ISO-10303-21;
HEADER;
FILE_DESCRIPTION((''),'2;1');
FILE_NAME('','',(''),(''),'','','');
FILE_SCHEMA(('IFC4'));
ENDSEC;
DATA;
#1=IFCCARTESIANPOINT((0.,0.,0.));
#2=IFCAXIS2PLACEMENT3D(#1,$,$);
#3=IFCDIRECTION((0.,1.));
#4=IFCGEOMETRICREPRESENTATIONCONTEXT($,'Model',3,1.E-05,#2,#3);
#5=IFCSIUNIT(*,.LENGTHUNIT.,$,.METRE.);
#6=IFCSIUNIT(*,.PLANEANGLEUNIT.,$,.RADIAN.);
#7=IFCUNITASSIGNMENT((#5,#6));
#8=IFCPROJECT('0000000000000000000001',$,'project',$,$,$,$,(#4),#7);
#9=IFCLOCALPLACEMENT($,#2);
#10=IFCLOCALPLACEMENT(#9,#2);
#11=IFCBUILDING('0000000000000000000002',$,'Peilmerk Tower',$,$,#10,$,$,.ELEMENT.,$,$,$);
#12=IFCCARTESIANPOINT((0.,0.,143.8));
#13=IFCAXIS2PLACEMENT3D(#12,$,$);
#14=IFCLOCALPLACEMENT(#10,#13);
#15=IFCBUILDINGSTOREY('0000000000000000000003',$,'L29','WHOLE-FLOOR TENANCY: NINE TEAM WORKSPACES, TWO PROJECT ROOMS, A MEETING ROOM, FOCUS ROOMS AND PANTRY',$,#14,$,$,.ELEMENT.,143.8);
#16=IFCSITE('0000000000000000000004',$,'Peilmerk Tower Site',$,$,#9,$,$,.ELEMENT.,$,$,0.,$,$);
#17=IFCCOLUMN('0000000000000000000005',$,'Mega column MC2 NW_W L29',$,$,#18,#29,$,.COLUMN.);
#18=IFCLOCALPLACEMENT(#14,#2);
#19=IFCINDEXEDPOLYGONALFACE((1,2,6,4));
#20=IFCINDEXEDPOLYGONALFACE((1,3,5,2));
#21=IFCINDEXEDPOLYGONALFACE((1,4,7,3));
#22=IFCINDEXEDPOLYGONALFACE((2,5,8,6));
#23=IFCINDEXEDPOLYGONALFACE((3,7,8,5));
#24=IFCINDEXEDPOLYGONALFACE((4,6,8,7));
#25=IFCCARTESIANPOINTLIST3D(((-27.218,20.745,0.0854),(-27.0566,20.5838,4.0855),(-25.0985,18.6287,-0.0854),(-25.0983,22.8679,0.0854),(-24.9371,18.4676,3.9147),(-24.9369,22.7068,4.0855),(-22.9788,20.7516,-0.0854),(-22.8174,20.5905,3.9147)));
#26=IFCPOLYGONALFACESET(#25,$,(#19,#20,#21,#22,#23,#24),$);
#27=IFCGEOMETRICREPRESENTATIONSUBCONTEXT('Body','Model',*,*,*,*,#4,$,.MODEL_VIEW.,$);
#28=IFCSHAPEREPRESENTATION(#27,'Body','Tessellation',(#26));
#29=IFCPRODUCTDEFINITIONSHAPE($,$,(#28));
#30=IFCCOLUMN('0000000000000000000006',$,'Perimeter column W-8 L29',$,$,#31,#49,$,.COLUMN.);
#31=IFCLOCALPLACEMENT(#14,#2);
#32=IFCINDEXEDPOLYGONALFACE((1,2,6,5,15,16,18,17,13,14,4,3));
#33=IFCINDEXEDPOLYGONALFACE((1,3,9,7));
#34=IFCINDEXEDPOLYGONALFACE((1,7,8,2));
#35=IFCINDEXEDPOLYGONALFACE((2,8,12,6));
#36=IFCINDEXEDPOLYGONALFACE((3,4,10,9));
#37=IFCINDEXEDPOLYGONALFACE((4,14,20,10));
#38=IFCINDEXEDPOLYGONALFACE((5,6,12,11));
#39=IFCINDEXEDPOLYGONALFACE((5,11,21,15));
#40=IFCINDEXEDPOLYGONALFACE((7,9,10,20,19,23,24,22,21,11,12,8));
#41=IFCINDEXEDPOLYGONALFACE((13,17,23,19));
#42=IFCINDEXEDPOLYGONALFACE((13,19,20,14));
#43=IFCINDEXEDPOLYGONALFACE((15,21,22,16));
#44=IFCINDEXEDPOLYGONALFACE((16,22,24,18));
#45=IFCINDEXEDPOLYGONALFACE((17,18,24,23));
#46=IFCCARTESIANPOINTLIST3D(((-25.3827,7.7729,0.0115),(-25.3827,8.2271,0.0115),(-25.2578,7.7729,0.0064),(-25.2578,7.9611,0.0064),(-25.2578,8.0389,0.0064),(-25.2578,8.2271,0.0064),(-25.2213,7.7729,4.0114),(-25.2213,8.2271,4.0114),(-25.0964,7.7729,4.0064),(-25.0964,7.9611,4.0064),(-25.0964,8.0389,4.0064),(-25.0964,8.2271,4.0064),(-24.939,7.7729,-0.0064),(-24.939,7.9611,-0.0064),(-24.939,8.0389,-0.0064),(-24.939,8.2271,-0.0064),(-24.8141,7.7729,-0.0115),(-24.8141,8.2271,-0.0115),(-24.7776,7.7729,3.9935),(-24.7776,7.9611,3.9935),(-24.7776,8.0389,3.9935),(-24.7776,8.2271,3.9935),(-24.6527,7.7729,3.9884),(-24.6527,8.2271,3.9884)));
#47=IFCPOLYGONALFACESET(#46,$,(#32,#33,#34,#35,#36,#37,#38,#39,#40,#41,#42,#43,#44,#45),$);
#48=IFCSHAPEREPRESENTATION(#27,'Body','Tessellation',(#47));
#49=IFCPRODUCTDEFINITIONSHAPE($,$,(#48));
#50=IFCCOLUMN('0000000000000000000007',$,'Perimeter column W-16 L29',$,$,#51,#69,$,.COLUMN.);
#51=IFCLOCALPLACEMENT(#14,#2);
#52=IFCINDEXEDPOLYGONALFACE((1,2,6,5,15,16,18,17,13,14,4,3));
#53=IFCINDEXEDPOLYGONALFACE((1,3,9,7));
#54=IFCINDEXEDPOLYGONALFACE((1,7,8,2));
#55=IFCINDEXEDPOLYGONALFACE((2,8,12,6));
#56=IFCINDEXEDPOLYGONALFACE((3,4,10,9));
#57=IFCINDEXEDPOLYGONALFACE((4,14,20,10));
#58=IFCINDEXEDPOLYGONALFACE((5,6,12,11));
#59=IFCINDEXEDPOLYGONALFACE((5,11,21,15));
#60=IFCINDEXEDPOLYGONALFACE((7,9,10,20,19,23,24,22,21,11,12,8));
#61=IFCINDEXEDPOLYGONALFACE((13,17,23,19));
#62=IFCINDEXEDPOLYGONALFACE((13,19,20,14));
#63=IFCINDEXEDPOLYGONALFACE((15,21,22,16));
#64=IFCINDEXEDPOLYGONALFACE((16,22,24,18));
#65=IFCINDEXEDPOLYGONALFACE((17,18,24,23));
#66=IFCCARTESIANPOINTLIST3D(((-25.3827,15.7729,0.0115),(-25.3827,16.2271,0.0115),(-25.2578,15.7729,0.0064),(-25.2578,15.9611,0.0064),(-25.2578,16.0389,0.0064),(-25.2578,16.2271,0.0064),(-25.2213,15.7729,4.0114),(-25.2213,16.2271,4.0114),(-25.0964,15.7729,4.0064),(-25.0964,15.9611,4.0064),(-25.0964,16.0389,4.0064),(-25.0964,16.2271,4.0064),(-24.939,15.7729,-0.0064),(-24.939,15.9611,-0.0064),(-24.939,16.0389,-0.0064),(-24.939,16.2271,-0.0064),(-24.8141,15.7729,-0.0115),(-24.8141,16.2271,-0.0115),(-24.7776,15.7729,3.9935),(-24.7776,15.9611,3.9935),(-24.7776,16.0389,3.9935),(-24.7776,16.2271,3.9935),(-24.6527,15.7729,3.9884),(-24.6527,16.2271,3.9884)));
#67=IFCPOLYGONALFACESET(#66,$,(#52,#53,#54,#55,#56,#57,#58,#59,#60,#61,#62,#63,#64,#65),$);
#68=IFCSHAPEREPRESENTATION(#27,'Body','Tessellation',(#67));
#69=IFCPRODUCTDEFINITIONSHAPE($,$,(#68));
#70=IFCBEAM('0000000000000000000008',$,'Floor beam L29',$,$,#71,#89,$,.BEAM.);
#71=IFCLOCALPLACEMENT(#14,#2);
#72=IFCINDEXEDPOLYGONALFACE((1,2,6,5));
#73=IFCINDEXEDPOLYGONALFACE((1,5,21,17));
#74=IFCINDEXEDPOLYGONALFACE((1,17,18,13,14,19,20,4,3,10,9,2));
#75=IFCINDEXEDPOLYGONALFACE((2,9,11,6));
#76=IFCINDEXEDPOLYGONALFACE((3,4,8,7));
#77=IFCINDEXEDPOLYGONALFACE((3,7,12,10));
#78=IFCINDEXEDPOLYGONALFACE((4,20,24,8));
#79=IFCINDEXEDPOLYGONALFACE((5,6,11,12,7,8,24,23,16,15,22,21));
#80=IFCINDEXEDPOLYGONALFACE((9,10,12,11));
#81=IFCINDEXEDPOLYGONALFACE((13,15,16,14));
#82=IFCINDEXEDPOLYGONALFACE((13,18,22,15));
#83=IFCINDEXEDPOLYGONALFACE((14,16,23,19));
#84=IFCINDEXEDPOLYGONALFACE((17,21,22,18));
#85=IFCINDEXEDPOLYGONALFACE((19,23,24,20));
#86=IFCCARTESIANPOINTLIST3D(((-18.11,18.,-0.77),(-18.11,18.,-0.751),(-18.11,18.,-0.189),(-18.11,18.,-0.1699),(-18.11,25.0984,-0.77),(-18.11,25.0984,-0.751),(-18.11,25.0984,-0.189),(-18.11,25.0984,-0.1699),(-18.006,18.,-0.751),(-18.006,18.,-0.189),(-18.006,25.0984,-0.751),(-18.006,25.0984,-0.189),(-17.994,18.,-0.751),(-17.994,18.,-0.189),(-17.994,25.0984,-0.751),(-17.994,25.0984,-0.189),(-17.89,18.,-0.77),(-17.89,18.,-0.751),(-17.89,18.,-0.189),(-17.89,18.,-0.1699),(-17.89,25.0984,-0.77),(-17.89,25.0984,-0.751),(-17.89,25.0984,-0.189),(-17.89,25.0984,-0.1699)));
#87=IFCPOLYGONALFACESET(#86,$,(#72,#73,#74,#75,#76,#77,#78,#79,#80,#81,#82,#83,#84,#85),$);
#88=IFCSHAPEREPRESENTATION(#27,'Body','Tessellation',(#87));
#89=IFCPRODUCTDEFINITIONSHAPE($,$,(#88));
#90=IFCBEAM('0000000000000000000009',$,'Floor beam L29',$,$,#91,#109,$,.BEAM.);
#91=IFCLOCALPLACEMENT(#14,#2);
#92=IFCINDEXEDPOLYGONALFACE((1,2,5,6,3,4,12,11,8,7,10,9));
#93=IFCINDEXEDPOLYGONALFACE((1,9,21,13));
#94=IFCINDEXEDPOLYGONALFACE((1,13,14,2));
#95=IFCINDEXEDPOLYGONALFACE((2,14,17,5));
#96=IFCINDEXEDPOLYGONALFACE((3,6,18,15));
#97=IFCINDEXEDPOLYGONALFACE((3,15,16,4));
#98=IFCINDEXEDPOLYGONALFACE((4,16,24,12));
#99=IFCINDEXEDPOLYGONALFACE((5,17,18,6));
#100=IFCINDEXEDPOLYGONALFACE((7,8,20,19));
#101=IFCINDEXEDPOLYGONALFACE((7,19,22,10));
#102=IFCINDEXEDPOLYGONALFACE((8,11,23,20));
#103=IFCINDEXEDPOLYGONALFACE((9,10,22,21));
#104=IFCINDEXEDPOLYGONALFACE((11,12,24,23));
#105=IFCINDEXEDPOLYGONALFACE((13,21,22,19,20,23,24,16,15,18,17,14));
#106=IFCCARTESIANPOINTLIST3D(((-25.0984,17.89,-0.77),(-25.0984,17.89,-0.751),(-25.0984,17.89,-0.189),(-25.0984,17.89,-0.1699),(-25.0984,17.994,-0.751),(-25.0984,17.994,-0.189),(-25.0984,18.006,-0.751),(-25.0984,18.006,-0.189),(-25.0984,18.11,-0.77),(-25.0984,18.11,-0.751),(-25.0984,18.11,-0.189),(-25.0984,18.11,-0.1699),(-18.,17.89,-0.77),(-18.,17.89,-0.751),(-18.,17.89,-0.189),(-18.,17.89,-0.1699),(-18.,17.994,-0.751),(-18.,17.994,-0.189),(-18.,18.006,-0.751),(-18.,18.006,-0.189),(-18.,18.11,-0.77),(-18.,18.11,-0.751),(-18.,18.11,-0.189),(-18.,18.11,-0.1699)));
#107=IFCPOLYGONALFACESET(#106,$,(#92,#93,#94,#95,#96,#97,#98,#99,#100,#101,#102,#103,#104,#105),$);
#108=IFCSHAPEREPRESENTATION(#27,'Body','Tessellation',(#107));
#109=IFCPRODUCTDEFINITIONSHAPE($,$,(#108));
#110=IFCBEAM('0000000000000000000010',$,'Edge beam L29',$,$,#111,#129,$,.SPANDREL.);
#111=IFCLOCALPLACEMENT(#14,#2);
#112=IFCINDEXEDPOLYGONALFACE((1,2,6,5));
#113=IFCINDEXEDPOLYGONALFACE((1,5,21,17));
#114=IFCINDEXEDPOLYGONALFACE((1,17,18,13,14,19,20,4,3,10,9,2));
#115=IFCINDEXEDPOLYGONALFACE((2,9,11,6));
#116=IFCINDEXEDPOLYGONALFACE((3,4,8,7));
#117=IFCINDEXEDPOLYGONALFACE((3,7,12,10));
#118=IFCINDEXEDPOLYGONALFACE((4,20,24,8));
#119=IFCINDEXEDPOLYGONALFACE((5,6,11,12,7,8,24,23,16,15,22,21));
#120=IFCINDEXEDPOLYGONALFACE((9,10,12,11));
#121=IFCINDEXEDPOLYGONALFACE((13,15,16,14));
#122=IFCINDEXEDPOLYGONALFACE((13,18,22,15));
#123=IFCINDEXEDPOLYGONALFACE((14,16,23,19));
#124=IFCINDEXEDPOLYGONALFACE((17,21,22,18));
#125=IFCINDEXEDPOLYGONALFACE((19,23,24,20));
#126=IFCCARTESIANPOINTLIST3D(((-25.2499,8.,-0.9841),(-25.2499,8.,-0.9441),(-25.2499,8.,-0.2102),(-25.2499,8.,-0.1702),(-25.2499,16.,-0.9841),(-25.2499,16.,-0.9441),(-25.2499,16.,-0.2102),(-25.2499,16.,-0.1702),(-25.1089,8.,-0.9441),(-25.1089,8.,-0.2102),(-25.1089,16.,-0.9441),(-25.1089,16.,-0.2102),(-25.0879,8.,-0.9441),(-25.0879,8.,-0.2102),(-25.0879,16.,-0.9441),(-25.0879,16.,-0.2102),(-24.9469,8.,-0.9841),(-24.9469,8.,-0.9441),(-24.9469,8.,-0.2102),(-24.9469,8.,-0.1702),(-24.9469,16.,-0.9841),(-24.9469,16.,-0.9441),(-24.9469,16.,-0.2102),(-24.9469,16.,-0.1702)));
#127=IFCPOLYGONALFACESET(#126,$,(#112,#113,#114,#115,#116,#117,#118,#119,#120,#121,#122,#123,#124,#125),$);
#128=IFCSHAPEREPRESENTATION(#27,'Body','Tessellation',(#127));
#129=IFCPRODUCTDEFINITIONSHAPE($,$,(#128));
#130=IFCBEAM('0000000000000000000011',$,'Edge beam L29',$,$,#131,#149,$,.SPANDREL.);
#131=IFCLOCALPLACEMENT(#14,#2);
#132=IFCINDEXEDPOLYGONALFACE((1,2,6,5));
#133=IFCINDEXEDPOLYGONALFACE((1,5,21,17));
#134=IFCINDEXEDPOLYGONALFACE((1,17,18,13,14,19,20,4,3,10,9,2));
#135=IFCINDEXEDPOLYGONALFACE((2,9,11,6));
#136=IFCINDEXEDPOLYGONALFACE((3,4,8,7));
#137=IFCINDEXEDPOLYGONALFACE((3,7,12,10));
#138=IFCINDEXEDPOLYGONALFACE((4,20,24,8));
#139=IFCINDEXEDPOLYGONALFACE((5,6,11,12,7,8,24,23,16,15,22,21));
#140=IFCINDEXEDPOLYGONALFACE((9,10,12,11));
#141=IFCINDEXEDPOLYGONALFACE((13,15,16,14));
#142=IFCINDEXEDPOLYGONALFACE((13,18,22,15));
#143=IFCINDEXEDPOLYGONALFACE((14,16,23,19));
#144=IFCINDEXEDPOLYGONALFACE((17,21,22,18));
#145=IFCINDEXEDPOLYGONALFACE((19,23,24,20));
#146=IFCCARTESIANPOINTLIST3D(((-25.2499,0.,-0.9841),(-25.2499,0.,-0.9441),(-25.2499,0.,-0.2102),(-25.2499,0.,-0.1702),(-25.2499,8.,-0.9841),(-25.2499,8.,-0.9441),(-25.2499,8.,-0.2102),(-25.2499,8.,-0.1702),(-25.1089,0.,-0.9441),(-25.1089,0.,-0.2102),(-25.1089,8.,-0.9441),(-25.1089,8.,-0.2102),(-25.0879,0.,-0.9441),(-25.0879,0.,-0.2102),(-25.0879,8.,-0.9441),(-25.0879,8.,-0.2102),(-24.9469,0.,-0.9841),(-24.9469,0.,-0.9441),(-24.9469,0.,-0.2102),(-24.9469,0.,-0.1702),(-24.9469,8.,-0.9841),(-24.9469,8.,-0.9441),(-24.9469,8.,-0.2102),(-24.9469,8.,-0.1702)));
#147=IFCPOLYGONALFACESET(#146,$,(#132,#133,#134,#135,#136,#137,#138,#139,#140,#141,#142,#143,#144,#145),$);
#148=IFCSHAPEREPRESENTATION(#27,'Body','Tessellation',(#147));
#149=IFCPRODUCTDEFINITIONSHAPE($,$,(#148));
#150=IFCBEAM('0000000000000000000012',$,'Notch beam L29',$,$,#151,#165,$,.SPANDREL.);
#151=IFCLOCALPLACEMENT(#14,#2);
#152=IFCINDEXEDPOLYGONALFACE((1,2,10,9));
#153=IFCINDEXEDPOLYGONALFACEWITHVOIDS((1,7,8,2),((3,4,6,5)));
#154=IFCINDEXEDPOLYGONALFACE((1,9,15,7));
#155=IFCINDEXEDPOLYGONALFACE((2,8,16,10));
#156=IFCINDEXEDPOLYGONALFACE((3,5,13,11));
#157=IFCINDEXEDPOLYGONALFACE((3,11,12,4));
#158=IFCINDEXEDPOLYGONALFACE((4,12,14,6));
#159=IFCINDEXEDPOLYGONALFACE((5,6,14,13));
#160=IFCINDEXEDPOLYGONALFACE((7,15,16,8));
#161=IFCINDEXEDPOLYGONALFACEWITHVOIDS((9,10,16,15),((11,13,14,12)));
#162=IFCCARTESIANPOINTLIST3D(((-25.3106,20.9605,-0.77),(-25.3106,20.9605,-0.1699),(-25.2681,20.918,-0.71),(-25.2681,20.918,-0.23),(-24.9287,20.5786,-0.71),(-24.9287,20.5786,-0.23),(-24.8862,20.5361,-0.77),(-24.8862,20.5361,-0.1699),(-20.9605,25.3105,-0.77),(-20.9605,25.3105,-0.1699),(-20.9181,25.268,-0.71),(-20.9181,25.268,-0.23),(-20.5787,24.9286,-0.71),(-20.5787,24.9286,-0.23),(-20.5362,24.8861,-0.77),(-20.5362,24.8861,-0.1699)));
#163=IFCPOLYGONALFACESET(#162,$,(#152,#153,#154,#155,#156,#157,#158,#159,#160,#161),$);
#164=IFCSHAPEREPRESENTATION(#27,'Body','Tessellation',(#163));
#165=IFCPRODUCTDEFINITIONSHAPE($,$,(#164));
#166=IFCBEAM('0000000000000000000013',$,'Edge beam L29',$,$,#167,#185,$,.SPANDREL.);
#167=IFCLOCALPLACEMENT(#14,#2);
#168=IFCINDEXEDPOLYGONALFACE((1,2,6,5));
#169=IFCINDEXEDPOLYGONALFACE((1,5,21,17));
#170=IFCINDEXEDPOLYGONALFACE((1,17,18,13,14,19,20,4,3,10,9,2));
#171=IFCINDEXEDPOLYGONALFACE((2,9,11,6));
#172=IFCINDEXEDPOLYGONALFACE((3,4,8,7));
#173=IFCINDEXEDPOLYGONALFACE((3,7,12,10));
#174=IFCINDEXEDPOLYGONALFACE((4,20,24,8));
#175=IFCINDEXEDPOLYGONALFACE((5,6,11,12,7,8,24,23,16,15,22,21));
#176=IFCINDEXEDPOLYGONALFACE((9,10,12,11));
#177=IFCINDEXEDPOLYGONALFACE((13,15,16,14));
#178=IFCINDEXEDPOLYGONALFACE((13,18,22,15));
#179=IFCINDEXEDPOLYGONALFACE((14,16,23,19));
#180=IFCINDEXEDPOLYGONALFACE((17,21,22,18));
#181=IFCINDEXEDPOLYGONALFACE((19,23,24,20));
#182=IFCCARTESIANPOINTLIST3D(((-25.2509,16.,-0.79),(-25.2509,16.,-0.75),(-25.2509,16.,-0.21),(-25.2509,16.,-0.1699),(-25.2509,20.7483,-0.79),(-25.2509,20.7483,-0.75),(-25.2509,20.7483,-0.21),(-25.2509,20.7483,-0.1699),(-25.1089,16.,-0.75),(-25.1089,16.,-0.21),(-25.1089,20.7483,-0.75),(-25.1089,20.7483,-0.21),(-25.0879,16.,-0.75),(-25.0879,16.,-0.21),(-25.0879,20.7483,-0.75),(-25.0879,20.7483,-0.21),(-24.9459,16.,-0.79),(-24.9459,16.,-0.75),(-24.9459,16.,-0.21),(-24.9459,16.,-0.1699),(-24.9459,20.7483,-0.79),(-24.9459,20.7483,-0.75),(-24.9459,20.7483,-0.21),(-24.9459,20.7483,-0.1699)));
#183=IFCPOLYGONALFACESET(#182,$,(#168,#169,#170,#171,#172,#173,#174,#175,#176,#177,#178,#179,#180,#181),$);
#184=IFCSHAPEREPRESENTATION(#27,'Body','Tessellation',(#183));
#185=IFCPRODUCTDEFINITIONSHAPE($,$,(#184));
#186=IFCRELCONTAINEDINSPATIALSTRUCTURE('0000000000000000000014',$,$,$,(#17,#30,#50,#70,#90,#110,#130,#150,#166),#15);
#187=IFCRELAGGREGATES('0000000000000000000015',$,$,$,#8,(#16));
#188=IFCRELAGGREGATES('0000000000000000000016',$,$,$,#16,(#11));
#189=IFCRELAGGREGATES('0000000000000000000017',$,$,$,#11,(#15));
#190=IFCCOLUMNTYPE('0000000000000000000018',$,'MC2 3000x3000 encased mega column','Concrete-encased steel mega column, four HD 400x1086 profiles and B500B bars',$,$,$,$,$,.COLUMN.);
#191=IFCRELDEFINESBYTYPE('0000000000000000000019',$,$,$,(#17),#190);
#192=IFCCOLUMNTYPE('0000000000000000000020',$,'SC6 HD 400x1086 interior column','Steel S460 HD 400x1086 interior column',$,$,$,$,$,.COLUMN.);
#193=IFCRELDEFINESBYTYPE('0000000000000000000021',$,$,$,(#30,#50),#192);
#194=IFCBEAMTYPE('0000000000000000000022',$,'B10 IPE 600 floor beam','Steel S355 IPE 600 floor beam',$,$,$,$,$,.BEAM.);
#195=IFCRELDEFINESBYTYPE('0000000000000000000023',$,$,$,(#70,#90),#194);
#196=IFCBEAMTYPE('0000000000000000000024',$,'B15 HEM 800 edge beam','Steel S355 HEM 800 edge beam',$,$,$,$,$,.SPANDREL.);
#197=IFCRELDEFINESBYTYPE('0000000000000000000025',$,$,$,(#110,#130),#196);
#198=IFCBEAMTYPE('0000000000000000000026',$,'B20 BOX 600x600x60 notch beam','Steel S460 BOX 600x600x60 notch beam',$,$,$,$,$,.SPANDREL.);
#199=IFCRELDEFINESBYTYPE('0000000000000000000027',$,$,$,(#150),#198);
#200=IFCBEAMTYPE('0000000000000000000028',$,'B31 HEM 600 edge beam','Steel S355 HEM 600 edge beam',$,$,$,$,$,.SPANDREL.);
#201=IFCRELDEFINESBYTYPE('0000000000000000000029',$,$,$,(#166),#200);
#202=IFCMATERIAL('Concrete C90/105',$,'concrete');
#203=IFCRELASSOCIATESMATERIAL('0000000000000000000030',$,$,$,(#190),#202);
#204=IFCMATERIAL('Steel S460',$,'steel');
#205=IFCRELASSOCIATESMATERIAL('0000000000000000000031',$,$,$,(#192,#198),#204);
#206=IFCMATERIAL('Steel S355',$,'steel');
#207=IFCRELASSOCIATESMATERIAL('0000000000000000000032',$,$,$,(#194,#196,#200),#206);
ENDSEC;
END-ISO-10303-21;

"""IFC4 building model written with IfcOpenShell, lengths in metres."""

from ifc_helpers import new_model, si_unit, direction, frame, origin, origin_2d, place, context, subcontext, project, spatial, rectangle, hollow_rectangle, i_section, extrude, material, material_profile, profile_set, type_object, element, save


model = new_model("IFC4")

# Units and contexts
model_context = context("Model", 3, precision=1e-05, world=origin(), true_north=direction((0.0, 1.0)))
body_context = subcontext(model_context, "Body", "Model", "MODEL_VIEW")
ifc_project = project(units=[si_unit("LENGTHUNIT", "METRE"), si_unit("PLANEANGLEUNIT", "RADIAN")], contexts=[model_context])

# Site, building, storey
site_placement = place(None, origin())
site = spatial("IfcSite", under=ifc_project, at=site_placement, Name="Peilmerk Tower Site", CompositionType="ELEMENT", RefElevation=0.0)
building_placement = place(site_placement, origin())
building = spatial("IfcBuilding", under=site, at=building_placement, Name="Peilmerk Tower", CompositionType="ELEMENT")
storey_placement = place(building_placement, frame((0.0, 0.0, 143.8)))
storey = spatial("IfcBuildingStorey", under=building, at=storey_placement, Name="L29", Description="WHOLE-FLOOR TENANCY: NINE TEAM WORKSPACES, TWO PROJECT ROOMS, A MEETING ROOM, FOCUS ROOMS AND PANTRY", CompositionType="ELEMENT", Elevation=143.8)

# Columns
ifc_material_1 = material(Name="Concrete C90/105", Category="concrete")
ifc_material_profile_1 = material_profile(ifc_material_1, rectangle(XDim=3.0, YDim=3.0, at=origin_2d()), Name="RC 3000x3000")
ifc_profile_set_1 = profile_set([ifc_material_profile_1], Name="Concrete C90/105")
column_type_1 = type_object("IfcColumnType", Name="MC2 3000x3000 encased mega column", Description="Concrete-encased steel mega column, four HD 400x1086 profiles and B500B bars", PredefinedType="COLUMN", material=ifc_profile_set_1)
column_placement = place(storey_placement, frame((-25.0984, 20.7483, 0.0), z_axis=(0.040279, -0.040218, 0.998379), x_axis=(0.706571, 0.707642, 0.0)))
element("IfcColumn", 1, at=column_placement, inside=storey, type_object=column_type_1, Name="Mega column MC2 NW_W L29", PredefinedType="COLUMN", context=body_context, shape_type="SweptSolid", body=[
    extrude(rectangle(XDim=3.0, YDim=3.0, at=origin_2d()), origin(), (0.0, 0.0, 1.0), 4.0066),
])
ifc_material_2 = material(Name="Steel S460", Category="steel")
ifc_material_profile_2 = material_profile(ifc_material_2, i_section(OverallWidth=0.4541, OverallDepth=0.5691, WebThickness=0.0779, FlangeThickness=0.125, at=origin_2d()), Name="HD 400x1086")
ifc_profile_set_2 = profile_set([ifc_material_profile_2], Name="Steel S460")
column_type_2 = type_object("IfcColumnType", Name="SC6 HD 400x1086 interior column", Description="Steel S460 HD 400x1086 interior column", PredefinedType="COLUMN", material=ifc_profile_set_2)
for number, where, z_axis, x_axis, name in (
    (2, (-25.0984, 8.0, 0.0), (0.040311, 0.0, 0.999187), (0.0, 1.0, 0.0), "Perimeter column W-8 L29"),
    (3, (-25.0984, 16.0, 0.0), (0.040311, 0.0, 0.999187), (0.0, 1.0, 0.0), "Perimeter column W-16 L29"),
):
    element("IfcColumn", number, at=place(storey_placement, frame(where, z_axis=z_axis, x_axis=x_axis)), inside=storey, type_object=column_type_2, Name=name, PredefinedType="COLUMN", context=body_context, shape_type="SweptSolid", body=[
        extrude(i_section(OverallWidth=0.4541, OverallDepth=0.5691, WebThickness=0.0779, FlangeThickness=0.125, at=origin_2d()), origin(), (0.0, 0.0, 1.0), 4.0032),
    ])

# Beams
ifc_material_3 = material(Name="Steel S355", Category="steel")
ifc_material_profile_3 = material_profile(ifc_material_3, i_section(OverallWidth=0.22, OverallDepth=0.6001, WebThickness=0.012, FlangeThickness=0.019, at=origin_2d()), Name="IPE 600")
ifc_profile_set_3 = profile_set([ifc_material_profile_3], Name="Steel S355")
beam_type_1 = type_object("IfcBeamType", Name="B10 IPE 600 floor beam", Description="Steel S355 IPE 600 floor beam", PredefinedType="BEAM", material=ifc_profile_set_3)
for number, where, z_axis, x_axis, name in (
    (4, (-18.0, 18.0, -0.47), (0.0, 1.0, 0.0), (-1.0, 0.0, 0.0), "Floor beam L29"),
    (5, (-18.0, 18.0, -0.47), (-1.0, 0.0, 0.0), (0.0, -1.0, 0.0), "Floor beam L29"),
):
    element("IfcBeam", number, at=place(storey_placement, frame(where, z_axis=z_axis, x_axis=x_axis)), inside=storey, type_object=beam_type_1, Name=name, PredefinedType="BEAM", context=body_context, shape_type="SweptSolid", body=[
        extrude(i_section(OverallWidth=0.22, OverallDepth=0.6001, WebThickness=0.012, FlangeThickness=0.019, at=origin_2d()), origin(), (0.0, 0.0, 1.0), 7.0984),
    ])
ifc_material_profile_4 = material_profile(ifc_material_3, i_section(OverallWidth=0.303, OverallDepth=0.814, WebThickness=0.021, FlangeThickness=0.04, at=origin_2d()), Name="HEM 800")
ifc_profile_set_4 = profile_set([ifc_material_profile_4], Name="Steel S355")
beam_type_2 = type_object("IfcBeamType", Name="B15 HEM 800 edge beam", Description="Steel S355 HEM 800 edge beam", PredefinedType="SPANDREL", material=ifc_profile_set_4)
for number, where, z_axis, x_axis, name in (
    (6, (-25.0984, 16.0, -0.5771), (0.0, -1.0, 0.0), (1.0, 0.0, 0.0), "Edge beam L29"),
    (7, (-25.0984, 8.0, -0.5771), (0.0, -1.0, 0.0), (1.0, 0.0, 0.0), "Edge beam L29"),
):
    element("IfcBeam", number, at=place(storey_placement, frame(where, z_axis=z_axis, x_axis=x_axis)), inside=storey, type_object=beam_type_2, Name=name, PredefinedType="SPANDREL", context=body_context, shape_type="SweptSolid", body=[
        extrude(i_section(OverallWidth=0.303, OverallDepth=0.814, WebThickness=0.021, FlangeThickness=0.04, at=origin_2d()), origin(), (0.0, 0.0, 1.0), 8.0),
    ])
ifc_material_profile_5 = material_profile(ifc_material_2, hollow_rectangle(XDim=0.6001, YDim=0.6001, WallThickness=0.0601, at=origin_2d()), Name="BOX 600x600x60")
ifc_profile_set_5 = profile_set([ifc_material_profile_5], Name="Steel S460")
beam_type_3 = type_object("IfcBeamType", Name="B20 BOX 600x600x60 notch beam", Description="Steel S460 BOX 600x600x60 notch beam", PredefinedType="SPANDREL", material=ifc_profile_set_5)
beam_1_placement = place(storey_placement, frame((-25.0984, 20.7483, -0.47), z_axis=(0.707107, 0.707107, 0.0), x_axis=(-0.707107, 0.707107, 0.0)))
element("IfcBeam", 8, at=beam_1_placement, inside=storey, type_object=beam_type_3, Name="Notch beam L29", PredefinedType="SPANDREL", context=body_context, shape_type="SweptSolid", body=[
    extrude(hollow_rectangle(XDim=0.6001, YDim=0.6001, WallThickness=0.0601, at=origin_2d()), origin(), (0.0, 0.0, 1.0), 6.1519),
])
ifc_material_profile_6 = material_profile(ifc_material_3, i_section(OverallWidth=0.3049, OverallDepth=0.6201, WebThickness=0.021, FlangeThickness=0.04, at=origin_2d()), Name="HEM 600")
ifc_profile_set_6 = profile_set([ifc_material_profile_6], Name="Steel S355")
beam_type_4 = type_object("IfcBeamType", Name="B31 HEM 600 edge beam", Description="Steel S355 HEM 600 edge beam", PredefinedType="SPANDREL", material=ifc_profile_set_6)
beam_2_placement = place(storey_placement, frame((-25.0984, 20.7483, -0.48), z_axis=(0.0, -1.0, 0.0), x_axis=(1.0, 0.0, 0.0)))
element("IfcBeam", 9, at=beam_2_placement, inside=storey, type_object=beam_type_4, Name="Edge beam L29", PredefinedType="SPANDREL", context=body_context, shape_type="SweptSolid", body=[
    extrude(i_section(OverallWidth=0.3049, OverallDepth=0.6201, WebThickness=0.021, FlangeThickness=0.04, at=origin_2d()), origin(), (0.0, 0.0, 1.0), 4.7483),
])

save(model, "model.ifc")
